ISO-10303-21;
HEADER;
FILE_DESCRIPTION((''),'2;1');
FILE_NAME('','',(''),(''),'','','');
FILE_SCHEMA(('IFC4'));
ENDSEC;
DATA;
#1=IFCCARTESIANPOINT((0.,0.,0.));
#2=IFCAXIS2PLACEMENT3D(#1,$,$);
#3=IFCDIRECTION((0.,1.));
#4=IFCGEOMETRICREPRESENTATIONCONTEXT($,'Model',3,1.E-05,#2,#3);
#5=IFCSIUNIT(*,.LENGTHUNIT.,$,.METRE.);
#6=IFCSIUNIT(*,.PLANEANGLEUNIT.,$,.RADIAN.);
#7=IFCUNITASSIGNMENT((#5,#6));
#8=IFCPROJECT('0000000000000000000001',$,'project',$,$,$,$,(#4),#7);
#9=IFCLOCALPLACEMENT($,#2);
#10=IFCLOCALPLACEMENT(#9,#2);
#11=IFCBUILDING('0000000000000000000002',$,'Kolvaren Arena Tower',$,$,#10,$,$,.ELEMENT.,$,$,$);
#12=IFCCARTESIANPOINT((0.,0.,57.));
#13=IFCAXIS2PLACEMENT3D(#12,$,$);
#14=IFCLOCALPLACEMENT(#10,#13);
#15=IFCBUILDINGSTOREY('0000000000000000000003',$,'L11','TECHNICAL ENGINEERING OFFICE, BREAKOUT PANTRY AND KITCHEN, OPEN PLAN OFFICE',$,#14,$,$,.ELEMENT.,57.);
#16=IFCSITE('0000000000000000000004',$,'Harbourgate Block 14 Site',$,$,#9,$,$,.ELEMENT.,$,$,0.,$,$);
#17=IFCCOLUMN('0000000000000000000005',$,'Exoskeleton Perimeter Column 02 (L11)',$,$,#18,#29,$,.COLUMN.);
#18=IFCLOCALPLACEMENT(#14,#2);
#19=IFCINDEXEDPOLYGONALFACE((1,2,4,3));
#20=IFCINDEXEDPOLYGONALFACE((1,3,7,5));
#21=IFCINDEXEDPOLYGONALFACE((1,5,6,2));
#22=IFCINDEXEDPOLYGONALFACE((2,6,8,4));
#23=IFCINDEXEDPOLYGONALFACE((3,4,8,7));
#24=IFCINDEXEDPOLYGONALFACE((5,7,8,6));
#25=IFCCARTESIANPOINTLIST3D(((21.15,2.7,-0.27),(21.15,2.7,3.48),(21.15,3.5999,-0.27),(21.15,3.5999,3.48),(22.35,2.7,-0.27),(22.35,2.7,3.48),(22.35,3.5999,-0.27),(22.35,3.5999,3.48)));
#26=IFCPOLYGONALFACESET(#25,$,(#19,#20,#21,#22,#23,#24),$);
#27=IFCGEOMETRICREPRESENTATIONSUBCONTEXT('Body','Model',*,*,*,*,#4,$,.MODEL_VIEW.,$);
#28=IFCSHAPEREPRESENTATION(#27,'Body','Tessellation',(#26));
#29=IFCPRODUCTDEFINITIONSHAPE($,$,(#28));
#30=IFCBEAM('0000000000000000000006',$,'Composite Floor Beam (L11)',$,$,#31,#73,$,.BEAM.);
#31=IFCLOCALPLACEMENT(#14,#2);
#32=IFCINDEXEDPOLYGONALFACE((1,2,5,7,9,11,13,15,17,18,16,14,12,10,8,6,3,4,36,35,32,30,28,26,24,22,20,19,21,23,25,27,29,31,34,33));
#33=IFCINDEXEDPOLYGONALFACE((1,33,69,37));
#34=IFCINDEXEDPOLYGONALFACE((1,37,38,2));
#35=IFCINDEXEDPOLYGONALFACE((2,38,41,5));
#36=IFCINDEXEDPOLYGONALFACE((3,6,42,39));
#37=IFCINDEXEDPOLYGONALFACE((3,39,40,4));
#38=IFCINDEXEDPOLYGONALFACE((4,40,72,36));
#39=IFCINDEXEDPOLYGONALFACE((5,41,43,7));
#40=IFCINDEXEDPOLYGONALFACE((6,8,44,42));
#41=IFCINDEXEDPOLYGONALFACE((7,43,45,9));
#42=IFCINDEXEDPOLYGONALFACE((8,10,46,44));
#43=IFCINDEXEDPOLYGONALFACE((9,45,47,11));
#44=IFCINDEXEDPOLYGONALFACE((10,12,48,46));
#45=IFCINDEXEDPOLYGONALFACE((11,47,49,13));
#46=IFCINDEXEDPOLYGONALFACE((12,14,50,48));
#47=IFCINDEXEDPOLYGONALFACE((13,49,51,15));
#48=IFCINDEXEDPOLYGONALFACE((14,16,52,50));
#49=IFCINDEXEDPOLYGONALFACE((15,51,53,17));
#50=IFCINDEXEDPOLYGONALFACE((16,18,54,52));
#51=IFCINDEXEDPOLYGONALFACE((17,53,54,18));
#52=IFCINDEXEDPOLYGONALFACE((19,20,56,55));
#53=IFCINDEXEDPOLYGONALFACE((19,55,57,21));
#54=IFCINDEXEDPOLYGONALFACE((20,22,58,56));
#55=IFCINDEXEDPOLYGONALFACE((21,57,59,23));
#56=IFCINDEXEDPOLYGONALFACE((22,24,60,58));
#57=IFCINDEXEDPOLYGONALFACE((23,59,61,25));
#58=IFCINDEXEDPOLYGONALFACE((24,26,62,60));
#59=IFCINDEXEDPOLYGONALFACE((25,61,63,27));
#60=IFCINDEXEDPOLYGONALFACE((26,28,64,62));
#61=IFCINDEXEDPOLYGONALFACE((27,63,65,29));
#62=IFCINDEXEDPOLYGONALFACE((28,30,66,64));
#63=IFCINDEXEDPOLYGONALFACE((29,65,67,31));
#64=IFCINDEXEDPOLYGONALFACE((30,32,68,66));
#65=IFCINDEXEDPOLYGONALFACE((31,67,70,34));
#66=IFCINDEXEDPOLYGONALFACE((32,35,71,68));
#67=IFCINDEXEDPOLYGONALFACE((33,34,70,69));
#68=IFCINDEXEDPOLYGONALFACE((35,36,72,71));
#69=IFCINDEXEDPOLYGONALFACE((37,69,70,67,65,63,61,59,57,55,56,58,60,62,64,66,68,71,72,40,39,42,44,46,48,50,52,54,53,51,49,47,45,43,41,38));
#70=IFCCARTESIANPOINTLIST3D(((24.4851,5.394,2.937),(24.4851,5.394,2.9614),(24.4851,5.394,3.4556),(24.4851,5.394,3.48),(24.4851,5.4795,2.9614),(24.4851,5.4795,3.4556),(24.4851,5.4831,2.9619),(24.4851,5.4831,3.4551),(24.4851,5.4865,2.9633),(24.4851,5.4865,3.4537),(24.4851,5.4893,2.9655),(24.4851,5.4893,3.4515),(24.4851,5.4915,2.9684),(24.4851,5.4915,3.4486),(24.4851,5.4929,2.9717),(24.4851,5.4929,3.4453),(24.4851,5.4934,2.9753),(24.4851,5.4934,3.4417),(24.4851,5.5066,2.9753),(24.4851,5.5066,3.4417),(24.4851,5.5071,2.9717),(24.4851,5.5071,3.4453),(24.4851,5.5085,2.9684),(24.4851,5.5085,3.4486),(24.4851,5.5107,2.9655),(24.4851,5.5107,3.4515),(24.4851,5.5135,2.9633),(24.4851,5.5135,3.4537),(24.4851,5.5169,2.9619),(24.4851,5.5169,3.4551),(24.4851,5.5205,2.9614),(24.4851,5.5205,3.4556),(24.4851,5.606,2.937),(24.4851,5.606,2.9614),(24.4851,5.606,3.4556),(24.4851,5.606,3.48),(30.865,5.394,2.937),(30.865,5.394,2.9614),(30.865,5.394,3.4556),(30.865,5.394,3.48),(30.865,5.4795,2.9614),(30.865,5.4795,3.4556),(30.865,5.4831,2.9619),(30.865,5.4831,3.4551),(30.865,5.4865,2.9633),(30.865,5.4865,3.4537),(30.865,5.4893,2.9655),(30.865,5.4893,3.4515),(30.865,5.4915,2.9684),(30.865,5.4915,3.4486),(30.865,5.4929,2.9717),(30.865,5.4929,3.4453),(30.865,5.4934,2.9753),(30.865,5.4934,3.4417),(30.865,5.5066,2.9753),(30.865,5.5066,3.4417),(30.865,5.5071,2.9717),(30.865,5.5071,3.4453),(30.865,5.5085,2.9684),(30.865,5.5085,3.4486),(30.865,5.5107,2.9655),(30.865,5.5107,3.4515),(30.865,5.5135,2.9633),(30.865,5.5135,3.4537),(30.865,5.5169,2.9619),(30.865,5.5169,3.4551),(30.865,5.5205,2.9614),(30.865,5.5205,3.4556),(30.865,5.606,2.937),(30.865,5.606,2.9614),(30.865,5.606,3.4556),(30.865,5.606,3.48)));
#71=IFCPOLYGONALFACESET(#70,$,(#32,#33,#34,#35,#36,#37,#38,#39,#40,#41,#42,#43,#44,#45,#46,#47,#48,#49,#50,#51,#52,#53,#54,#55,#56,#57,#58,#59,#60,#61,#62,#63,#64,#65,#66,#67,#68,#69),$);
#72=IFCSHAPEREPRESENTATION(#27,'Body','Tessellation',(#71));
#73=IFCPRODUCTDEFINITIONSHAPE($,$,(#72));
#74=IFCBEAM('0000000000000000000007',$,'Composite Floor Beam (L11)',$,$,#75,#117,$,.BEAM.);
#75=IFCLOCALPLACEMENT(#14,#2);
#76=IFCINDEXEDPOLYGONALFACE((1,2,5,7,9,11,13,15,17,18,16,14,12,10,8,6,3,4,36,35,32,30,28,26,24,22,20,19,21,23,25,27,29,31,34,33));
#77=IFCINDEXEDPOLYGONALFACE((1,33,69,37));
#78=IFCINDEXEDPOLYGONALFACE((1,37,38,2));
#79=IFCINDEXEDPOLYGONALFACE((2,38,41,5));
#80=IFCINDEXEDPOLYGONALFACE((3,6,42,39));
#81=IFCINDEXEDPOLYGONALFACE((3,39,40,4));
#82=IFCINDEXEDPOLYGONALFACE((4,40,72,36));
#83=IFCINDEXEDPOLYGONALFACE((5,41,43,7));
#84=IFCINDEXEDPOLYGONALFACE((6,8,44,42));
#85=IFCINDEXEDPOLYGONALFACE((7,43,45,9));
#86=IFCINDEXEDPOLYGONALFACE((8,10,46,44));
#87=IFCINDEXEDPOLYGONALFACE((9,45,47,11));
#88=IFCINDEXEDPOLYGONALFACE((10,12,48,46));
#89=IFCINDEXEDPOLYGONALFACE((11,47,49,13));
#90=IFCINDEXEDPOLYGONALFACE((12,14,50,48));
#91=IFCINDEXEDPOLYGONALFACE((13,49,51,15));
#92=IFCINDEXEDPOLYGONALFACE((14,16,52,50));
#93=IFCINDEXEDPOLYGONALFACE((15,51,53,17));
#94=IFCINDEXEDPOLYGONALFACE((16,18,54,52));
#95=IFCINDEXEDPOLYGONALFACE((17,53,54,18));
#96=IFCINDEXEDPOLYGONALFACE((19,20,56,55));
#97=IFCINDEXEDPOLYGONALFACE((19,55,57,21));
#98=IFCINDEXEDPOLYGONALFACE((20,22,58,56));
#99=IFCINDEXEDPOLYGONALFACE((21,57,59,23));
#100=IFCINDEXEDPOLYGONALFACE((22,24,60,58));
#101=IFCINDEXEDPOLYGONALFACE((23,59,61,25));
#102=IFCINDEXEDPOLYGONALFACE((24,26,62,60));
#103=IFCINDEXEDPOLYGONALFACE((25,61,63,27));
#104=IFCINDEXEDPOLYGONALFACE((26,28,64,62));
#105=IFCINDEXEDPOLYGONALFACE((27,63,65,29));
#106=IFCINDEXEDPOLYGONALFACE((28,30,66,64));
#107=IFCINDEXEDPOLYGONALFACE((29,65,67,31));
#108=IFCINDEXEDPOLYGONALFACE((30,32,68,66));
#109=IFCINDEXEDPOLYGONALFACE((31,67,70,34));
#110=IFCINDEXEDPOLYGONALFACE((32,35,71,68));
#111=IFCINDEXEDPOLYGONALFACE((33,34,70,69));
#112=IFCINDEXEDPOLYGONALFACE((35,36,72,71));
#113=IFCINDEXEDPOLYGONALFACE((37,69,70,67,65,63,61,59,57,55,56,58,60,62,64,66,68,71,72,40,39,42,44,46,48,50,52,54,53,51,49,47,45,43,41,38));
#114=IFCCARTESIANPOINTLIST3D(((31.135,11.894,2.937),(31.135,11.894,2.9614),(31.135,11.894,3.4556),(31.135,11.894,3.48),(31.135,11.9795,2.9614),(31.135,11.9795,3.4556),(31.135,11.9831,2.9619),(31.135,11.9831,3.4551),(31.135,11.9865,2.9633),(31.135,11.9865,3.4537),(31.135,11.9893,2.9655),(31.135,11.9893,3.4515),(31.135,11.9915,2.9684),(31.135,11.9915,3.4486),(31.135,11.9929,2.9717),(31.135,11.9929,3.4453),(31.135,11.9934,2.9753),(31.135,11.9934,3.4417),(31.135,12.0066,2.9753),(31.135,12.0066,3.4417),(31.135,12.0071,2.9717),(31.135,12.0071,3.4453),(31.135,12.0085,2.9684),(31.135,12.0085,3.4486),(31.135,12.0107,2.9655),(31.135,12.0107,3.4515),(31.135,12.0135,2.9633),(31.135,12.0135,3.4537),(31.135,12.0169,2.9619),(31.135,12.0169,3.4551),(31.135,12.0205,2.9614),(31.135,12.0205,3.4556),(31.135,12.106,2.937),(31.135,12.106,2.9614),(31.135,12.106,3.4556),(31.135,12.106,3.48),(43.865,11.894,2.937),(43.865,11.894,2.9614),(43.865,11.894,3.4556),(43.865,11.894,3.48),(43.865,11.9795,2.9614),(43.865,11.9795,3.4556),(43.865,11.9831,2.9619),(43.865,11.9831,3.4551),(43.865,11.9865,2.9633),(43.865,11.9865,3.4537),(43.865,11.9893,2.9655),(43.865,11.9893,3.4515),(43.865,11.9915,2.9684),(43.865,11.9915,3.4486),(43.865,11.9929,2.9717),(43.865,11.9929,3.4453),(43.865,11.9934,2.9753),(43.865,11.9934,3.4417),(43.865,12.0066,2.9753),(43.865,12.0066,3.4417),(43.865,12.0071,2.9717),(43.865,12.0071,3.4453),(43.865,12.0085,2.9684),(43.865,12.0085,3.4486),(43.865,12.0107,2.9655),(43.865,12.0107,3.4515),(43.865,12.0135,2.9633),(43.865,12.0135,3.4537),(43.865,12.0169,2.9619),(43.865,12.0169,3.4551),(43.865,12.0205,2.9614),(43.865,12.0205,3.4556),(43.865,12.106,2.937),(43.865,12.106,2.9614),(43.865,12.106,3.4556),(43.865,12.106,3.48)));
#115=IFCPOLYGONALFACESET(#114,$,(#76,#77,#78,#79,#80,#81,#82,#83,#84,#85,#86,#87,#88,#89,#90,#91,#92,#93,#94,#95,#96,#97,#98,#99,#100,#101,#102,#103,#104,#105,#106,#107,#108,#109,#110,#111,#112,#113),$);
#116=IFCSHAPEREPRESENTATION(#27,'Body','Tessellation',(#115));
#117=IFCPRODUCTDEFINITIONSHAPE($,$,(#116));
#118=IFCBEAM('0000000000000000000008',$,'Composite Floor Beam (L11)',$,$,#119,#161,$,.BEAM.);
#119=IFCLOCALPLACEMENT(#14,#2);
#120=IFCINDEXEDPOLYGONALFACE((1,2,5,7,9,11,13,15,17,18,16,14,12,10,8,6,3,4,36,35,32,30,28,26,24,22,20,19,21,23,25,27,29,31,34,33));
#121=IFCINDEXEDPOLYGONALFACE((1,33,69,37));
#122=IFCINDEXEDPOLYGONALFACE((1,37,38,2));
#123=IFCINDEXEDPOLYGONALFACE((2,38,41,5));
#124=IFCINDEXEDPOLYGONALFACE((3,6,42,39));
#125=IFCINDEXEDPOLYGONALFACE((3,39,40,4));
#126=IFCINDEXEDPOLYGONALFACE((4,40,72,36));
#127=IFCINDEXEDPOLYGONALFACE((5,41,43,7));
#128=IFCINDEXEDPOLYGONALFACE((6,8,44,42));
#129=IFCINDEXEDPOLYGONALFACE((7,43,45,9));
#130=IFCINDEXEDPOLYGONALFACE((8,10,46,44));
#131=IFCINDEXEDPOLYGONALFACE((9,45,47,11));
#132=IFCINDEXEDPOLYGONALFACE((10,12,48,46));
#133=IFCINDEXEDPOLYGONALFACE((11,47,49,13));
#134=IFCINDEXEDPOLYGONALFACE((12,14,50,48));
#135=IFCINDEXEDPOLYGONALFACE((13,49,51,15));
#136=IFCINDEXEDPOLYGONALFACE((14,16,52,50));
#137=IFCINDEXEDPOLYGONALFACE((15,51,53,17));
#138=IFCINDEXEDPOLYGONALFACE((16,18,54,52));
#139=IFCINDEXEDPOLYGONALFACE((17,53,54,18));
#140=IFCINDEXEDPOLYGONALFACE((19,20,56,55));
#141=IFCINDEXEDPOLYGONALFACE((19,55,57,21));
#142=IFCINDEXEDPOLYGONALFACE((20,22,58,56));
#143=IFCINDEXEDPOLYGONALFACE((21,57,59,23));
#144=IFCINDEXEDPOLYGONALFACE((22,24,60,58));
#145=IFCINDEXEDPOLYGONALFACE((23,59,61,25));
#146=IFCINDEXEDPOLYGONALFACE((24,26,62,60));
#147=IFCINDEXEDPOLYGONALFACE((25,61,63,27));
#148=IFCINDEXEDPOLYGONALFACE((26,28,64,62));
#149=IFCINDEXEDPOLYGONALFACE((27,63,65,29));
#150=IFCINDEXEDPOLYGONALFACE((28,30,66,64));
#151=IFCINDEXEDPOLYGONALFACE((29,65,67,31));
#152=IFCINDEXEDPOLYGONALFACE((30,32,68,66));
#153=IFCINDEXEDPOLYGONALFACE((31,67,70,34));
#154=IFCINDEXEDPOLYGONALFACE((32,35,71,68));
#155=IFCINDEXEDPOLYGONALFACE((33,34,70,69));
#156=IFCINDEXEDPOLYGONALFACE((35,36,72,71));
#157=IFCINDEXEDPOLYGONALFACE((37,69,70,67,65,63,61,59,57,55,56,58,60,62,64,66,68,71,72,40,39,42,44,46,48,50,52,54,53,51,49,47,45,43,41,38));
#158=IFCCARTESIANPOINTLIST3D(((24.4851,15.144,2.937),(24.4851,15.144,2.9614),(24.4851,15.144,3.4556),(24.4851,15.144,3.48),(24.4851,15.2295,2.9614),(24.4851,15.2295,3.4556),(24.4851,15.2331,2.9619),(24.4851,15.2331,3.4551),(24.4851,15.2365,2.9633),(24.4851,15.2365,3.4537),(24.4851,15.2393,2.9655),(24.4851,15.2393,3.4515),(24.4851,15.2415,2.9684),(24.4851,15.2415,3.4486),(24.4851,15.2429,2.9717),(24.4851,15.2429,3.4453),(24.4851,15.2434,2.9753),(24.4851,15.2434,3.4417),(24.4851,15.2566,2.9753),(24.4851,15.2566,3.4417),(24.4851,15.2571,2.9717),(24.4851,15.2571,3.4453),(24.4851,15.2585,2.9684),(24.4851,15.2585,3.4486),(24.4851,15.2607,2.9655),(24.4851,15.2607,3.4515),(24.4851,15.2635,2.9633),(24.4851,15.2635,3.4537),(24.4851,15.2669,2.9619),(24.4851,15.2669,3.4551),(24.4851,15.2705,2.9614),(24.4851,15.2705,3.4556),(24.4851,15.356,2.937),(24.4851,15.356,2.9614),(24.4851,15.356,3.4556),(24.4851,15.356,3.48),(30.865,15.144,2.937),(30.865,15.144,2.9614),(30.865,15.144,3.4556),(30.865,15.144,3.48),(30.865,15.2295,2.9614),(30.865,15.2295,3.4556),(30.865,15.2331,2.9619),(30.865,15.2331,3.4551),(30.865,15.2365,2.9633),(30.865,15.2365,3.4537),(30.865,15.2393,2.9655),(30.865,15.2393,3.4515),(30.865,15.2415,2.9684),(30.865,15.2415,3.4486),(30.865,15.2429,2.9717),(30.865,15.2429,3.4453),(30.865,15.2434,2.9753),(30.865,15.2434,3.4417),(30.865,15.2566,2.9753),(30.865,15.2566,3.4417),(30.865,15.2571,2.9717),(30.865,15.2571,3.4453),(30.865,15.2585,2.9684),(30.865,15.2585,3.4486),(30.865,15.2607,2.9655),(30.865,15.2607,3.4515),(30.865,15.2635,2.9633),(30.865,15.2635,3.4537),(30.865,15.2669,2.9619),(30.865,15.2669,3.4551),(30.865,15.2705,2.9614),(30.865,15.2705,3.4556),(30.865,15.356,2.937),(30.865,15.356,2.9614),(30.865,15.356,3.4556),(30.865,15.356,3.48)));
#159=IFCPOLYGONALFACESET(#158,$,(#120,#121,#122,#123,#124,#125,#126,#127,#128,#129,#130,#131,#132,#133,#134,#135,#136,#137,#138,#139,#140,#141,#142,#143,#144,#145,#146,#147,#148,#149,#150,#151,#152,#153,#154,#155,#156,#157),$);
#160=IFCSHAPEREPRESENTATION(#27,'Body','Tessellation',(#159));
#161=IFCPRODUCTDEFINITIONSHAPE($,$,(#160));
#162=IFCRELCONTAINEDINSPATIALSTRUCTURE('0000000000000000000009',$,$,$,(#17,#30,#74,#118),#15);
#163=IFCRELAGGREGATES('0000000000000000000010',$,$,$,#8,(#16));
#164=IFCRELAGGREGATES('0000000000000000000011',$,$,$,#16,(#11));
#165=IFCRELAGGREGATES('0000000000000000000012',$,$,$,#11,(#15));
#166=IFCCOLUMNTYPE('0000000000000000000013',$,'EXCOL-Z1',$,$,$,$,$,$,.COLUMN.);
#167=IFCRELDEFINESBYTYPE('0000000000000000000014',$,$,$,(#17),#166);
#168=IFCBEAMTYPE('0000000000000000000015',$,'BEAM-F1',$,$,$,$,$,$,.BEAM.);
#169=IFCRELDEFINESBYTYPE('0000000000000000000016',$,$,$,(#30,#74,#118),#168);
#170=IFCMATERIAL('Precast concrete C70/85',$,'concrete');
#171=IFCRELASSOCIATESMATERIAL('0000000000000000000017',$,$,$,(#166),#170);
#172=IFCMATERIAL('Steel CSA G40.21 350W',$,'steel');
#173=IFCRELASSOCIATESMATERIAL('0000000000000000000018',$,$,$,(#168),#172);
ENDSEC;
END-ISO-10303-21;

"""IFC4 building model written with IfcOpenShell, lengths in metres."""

from ifc_helpers import new_model, si_unit, direction, frame, origin, origin_2d, place, context, subcontext, project, spatial, rectangle, i_section, extrude, material, material_profile, profile_set, type_object, element, save


model = new_model("IFC4")

# Units and contexts
model_context = context("Model", 3, precision=1e-05, world=origin(), true_north=direction((0.0, 1.0)))
body_context = subcontext(model_context, "Body", "Model", "MODEL_VIEW")
ifc_project = project(units=[si_unit("LENGTHUNIT", "METRE"), si_unit("PLANEANGLEUNIT", "RADIAN")], contexts=[model_context])

# Site, building, storey
site_placement = place(None, origin())
site = spatial("IfcSite", under=ifc_project, at=site_placement, Name="Harbourgate Block 14 Site", CompositionType="ELEMENT", RefElevation=0.0)
building_placement = place(site_placement, origin())
building = spatial("IfcBuilding", under=site, at=building_placement, Name="Kolvaren Arena Tower", CompositionType="ELEMENT")
storey_placement = place(building_placement, frame((0.0, 0.0, 57.0)))
storey = spatial("IfcBuildingStorey", under=building, at=storey_placement, Name="L11", Description="TECHNICAL ENGINEERING OFFICE, BREAKOUT PANTRY AND KITCHEN, OPEN PLAN OFFICE", CompositionType="ELEMENT", Elevation=57.0)

# Column
ifc_material_1 = material(Name="Precast concrete C70/85", Category="concrete")
ifc_material_profile_1 = material_profile(ifc_material_1, rectangle(XDim=1.2, YDim=0.8999, at=origin_2d()), Name="RC-1200x900")
ifc_profile_set_1 = profile_set([ifc_material_profile_1], Name="Precast concrete C70/85")
column_type = type_object("IfcColumnType", Name="EXCOL-Z1", PredefinedType="COLUMN", material=ifc_profile_set_1)
column_placement = place(storey_placement, frame((21.75, 3.1499, -0.27), z_axis=(0.0, 0.0, 1.0), x_axis=(1.0, 0.0, 0.0)))
element("IfcColumn", 1, at=column_placement, inside=storey, type_object=column_type, Name="Exoskeleton Perimeter Column 02 (L11)", PredefinedType="COLUMN", context=body_context, shape_type="SweptSolid", body=[
    extrude(rectangle(XDim=1.2, YDim=0.8999, at=origin_2d()), origin(), (0.0, 0.0, 1.0), 3.75),
])

# Beams
ifc_material_2 = material(Name="Steel CSA G40.21 350W", Category="steel")
ifc_material_profile_2 = material_profile(ifc_material_2, i_section(OverallWidth=0.2119, OverallDepth=0.543, WebThickness=0.0132, FlangeThickness=0.0244, FilletRadius=0.0139, at=origin_2d()), Name="W530x150")
ifc_profile_set_2 = profile_set([ifc_material_profile_2], Name="Steel CSA G40.21 350W")
beam_type_1 = type_object("IfcBeamType", Name="BEAM-F1", PredefinedType="BEAM", material=ifc_profile_set_2)
beam_1_placement = place(storey_placement, frame((24.4851, 5.5, 3.2085), z_axis=(1.0, 0.0, 0.0), x_axis=(0.0, 1.0, 0.0)))
element("IfcBeam", 2, at=beam_1_placement, inside=storey, type_object=beam_type_1, Name="Composite Floor Beam (L11)", PredefinedType="BEAM", context=body_context, shape_type="SweptSolid", body=[
    extrude(i_section(OverallWidth=0.2119, OverallDepth=0.543, WebThickness=0.0132, FlangeThickness=0.0244, FilletRadius=0.0139, at=origin_2d()), origin(), (0.0, 0.0, 1.0), 6.3799),
])
beam_2_placement = place(storey_placement, frame((31.135, 12.0, 3.2085), z_axis=(1.0, 0.0, 0.0), x_axis=(0.0, 1.0, 0.0)))
element("IfcBeam", 3, at=beam_2_placement, inside=storey, type_object=beam_type_1, Name="Composite Floor Beam (L11)", PredefinedType="BEAM", context=body_context, shape_type="SweptSolid", body=[
    extrude(i_section(OverallWidth=0.2119, OverallDepth=0.543, WebThickness=0.0132, FlangeThickness=0.0244, FilletRadius=0.0139, at=origin_2d()), origin(), (0.0, 0.0, 1.0), 12.73),
])
beam_3_placement = place(storey_placement, frame((24.4851, 15.25, 3.2085), z_axis=(1.0, 0.0, 0.0), x_axis=(0.0, 1.0, 0.0)))
element("IfcBeam", 4, at=beam_3_placement, inside=storey, type_object=beam_type_1, Name="Composite Floor Beam (L11)", PredefinedType="BEAM", context=body_context, shape_type="SweptSolid", body=[
    extrude(i_section(OverallWidth=0.2119, OverallDepth=0.543, WebThickness=0.0132, FlangeThickness=0.0244, FilletRadius=0.0139, at=origin_2d()), origin(), (0.0, 0.0, 1.0), 6.3799),
])

save(model, "model.ifc")
